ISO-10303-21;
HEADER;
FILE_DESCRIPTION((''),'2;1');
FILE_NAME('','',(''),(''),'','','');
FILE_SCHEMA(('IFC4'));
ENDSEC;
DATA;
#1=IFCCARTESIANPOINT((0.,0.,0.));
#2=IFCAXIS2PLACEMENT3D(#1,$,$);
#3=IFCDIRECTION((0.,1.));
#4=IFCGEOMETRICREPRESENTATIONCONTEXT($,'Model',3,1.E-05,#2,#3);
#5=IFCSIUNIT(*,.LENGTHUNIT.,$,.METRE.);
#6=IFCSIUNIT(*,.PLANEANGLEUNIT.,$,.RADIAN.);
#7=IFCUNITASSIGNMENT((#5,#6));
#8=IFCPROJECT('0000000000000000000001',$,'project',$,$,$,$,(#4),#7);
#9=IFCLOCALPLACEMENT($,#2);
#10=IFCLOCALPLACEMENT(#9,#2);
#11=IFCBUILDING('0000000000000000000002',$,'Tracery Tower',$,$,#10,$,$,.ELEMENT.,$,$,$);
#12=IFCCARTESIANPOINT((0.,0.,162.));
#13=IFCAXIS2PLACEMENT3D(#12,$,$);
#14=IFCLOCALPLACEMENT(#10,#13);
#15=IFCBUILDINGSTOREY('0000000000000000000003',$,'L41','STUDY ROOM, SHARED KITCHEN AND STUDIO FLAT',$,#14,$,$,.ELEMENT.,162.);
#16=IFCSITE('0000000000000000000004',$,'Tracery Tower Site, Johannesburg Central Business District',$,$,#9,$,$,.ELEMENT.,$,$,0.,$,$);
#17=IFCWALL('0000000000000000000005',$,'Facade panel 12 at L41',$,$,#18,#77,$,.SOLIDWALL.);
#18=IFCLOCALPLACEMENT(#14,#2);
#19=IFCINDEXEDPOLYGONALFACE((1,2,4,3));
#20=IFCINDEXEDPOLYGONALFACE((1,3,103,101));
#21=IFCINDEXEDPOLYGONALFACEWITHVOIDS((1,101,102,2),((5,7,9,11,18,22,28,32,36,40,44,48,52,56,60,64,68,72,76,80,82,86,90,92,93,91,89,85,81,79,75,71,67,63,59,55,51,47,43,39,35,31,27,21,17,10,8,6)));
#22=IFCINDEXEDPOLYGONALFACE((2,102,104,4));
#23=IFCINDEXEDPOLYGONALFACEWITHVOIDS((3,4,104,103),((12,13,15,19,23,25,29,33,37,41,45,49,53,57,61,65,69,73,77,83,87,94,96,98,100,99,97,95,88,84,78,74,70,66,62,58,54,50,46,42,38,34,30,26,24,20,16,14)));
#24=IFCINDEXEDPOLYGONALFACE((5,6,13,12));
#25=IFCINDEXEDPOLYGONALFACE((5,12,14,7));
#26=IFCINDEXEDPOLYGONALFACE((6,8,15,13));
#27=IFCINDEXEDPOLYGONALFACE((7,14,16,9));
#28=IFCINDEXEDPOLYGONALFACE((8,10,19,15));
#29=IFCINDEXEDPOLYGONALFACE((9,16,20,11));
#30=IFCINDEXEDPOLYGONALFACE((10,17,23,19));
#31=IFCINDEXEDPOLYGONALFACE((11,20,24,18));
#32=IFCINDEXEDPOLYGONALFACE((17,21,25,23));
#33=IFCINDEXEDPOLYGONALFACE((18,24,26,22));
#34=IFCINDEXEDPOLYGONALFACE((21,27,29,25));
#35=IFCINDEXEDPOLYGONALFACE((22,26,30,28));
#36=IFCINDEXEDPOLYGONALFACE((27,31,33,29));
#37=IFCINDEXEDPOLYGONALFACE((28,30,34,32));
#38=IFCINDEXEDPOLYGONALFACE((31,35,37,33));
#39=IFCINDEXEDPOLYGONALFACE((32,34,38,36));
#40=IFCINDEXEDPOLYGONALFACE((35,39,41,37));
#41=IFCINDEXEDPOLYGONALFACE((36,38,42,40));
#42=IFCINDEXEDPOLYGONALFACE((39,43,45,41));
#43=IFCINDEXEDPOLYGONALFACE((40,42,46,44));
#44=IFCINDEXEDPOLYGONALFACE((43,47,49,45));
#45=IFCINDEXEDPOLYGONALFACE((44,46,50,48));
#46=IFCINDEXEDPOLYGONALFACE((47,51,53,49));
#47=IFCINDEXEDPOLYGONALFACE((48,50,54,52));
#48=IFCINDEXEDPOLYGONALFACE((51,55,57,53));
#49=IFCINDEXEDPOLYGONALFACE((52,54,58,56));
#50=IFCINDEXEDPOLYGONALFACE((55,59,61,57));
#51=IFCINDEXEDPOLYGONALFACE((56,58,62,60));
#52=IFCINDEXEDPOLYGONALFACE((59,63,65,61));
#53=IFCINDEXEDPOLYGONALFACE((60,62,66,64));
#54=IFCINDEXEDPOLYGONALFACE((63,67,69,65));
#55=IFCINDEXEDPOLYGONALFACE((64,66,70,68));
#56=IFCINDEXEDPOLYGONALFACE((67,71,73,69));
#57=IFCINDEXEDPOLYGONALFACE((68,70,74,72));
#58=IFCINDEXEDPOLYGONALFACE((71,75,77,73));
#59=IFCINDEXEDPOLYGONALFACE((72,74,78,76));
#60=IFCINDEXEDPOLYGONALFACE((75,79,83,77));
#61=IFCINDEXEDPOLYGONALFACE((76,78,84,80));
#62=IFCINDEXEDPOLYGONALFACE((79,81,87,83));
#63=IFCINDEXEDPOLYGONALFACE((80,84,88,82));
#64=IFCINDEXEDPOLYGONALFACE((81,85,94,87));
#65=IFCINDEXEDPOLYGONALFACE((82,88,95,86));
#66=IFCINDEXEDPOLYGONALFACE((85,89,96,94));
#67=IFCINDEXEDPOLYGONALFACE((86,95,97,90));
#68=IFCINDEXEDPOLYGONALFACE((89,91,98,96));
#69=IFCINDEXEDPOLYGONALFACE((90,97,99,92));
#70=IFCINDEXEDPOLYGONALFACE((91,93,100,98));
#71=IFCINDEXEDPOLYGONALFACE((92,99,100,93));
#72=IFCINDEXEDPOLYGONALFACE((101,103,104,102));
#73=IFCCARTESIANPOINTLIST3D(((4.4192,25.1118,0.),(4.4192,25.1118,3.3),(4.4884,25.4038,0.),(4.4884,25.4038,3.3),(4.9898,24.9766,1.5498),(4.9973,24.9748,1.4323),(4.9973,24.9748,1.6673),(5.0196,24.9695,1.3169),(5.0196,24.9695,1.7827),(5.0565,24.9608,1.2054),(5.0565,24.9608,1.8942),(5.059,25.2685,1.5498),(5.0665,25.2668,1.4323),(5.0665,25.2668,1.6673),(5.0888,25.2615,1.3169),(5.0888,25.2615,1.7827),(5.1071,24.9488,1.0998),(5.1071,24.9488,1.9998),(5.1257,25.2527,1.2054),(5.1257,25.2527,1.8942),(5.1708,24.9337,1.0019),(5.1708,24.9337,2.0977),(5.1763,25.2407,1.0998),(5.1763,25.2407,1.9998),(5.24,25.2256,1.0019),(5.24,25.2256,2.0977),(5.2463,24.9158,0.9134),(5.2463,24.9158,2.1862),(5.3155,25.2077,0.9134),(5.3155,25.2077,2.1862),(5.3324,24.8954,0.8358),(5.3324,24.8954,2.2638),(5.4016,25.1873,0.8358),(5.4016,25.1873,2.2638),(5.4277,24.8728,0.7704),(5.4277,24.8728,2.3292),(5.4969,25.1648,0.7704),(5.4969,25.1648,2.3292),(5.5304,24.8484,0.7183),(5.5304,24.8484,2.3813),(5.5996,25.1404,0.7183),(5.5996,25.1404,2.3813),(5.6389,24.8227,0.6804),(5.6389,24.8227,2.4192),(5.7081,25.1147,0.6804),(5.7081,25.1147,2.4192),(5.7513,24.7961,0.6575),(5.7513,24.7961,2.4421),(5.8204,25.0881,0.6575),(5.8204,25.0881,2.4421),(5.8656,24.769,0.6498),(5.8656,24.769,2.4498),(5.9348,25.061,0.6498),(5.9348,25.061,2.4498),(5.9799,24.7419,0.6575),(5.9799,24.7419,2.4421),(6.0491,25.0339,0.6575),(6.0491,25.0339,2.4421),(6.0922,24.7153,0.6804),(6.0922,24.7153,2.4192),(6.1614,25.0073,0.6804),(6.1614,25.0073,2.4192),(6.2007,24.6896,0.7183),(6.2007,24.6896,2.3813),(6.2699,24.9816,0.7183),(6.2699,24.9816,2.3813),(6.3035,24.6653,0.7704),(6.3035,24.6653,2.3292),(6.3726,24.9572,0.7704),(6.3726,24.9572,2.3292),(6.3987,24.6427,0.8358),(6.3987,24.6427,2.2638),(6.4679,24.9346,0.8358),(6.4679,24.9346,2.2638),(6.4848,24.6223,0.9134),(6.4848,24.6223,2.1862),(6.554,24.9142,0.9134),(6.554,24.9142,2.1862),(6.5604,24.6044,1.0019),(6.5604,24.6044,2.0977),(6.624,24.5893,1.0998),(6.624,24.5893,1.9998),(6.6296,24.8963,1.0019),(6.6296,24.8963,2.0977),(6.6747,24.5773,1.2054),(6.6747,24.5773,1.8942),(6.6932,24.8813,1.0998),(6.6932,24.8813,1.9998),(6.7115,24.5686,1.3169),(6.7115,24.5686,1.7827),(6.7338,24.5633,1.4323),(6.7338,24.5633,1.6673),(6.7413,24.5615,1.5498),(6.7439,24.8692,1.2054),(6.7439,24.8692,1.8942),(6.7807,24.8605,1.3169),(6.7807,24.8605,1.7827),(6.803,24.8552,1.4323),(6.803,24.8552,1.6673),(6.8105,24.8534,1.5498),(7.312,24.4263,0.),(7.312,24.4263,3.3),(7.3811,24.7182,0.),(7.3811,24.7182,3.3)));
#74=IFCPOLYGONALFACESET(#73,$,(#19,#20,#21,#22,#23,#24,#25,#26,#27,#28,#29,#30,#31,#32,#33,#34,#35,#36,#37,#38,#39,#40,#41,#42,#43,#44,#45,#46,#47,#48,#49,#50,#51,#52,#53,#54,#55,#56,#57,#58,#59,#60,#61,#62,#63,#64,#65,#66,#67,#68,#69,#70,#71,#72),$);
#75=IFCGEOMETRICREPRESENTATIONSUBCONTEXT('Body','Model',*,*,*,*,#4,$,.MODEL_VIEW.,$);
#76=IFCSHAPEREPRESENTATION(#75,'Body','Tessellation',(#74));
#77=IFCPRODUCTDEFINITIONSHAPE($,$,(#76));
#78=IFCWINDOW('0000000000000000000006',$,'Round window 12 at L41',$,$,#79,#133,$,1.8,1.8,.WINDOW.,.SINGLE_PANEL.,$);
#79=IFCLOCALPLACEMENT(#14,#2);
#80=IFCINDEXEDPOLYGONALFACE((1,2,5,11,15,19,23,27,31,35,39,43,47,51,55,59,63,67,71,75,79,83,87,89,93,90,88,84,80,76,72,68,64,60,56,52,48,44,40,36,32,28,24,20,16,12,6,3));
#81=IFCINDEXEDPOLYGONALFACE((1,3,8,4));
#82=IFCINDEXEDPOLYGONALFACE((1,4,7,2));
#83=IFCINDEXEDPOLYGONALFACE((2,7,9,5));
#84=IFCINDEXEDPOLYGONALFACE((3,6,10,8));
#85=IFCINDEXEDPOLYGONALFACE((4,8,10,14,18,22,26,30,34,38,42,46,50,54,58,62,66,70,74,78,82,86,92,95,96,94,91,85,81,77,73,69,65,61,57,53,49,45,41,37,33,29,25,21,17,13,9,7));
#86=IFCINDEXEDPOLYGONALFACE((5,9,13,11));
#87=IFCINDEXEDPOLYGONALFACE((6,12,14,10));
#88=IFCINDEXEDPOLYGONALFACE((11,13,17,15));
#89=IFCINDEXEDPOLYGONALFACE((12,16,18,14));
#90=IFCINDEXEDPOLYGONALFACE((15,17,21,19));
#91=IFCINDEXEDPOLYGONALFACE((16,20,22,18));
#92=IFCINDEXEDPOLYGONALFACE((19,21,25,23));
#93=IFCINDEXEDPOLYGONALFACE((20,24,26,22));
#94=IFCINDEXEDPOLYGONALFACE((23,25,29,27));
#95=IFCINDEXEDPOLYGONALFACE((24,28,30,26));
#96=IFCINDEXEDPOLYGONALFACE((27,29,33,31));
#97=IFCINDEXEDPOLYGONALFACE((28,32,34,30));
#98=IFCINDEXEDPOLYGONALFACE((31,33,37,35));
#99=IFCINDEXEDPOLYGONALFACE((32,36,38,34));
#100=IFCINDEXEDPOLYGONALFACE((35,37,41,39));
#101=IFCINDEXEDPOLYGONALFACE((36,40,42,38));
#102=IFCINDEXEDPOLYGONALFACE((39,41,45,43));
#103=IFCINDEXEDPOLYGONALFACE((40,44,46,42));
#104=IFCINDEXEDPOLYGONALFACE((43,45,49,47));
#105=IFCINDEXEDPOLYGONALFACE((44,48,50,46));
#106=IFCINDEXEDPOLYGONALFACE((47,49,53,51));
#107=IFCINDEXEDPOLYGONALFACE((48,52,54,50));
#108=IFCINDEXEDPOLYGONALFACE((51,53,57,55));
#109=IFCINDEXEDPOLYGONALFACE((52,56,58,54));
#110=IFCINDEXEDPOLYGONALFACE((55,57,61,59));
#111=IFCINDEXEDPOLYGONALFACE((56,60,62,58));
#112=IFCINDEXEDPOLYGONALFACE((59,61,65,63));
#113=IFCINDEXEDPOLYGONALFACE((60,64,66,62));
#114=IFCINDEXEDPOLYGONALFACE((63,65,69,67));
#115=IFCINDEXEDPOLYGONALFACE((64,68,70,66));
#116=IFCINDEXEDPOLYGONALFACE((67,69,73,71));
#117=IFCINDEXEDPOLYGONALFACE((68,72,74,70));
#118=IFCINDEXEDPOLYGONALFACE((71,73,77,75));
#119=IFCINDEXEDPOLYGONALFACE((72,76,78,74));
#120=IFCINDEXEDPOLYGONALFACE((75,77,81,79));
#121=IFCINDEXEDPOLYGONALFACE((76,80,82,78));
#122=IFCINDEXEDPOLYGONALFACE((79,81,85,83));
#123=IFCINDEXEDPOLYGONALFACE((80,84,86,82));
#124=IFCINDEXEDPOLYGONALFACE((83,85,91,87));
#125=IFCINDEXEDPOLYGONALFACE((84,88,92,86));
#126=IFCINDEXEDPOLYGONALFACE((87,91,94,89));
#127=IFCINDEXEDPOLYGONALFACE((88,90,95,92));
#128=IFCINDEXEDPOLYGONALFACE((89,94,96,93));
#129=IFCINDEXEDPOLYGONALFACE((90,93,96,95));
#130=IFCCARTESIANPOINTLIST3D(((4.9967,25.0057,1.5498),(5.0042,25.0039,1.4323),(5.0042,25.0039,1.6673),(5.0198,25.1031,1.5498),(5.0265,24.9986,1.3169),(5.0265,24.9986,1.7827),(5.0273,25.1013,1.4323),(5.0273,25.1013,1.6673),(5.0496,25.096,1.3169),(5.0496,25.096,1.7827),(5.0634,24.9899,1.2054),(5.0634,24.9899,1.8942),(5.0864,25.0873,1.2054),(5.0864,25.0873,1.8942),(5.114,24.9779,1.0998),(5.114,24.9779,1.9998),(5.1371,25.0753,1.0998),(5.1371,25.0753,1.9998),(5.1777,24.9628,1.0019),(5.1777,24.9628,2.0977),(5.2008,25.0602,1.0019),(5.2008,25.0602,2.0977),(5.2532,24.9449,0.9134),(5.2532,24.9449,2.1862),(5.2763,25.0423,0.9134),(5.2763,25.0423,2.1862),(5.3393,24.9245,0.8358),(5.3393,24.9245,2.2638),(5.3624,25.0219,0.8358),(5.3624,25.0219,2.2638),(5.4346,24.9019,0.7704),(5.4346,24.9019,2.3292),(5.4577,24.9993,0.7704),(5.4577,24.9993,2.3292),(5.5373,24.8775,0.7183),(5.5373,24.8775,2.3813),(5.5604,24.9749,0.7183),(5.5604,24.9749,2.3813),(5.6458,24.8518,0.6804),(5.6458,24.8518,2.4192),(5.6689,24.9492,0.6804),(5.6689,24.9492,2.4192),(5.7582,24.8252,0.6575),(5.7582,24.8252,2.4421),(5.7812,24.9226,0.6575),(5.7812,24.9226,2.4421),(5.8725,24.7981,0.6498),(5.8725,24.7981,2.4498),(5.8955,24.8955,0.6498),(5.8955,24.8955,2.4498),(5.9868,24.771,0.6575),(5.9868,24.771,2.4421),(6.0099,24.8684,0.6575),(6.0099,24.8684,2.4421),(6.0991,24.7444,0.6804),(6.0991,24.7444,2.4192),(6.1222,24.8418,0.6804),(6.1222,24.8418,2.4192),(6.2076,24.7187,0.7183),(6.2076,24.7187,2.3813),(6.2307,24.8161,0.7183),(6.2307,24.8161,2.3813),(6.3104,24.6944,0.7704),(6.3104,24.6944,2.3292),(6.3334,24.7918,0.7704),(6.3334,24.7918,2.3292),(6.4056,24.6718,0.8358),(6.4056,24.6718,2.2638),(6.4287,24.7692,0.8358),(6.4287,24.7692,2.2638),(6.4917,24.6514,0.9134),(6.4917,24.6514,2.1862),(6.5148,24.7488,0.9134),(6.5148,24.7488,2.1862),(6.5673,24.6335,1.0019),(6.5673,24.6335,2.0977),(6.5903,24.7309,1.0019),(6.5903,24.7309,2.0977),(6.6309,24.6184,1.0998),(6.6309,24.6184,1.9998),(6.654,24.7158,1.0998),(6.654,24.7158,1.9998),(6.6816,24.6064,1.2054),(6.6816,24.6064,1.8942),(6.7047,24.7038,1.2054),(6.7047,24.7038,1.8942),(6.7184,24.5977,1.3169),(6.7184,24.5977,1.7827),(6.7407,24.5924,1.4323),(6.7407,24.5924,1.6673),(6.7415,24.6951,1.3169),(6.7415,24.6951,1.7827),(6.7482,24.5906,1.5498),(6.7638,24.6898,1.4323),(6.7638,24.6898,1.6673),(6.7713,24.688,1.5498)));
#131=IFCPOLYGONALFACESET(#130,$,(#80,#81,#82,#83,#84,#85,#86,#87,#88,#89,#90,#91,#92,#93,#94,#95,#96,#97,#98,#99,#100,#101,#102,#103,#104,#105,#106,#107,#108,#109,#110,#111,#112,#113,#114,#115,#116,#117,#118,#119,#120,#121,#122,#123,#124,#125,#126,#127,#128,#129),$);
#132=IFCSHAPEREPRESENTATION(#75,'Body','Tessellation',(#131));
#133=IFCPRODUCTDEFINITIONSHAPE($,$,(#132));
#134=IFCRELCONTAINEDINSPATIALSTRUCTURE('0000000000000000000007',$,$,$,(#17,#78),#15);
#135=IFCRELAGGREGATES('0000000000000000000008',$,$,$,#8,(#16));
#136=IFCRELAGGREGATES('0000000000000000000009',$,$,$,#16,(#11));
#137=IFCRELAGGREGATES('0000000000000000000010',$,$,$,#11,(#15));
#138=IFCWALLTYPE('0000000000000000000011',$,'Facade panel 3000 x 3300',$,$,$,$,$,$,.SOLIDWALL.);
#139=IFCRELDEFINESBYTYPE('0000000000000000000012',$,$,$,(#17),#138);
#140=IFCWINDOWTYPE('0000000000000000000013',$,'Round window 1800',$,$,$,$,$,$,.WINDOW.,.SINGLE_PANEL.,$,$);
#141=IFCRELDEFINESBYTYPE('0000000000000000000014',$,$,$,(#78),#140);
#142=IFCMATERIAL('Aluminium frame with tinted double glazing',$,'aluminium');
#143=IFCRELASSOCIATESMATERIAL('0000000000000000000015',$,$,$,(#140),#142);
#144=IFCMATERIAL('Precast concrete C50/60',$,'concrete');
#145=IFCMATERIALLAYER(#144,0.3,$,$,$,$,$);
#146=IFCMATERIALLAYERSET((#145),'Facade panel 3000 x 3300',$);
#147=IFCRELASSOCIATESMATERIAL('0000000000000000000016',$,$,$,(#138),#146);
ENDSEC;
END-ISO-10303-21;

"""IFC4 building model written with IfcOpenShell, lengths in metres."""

from ifc_helpers import new_model, si_unit, direction, frame, frame_2d, origin, origin_2d, place, context, subcontext, project, spatial, rectangle, circle, extrude, material, layer, layer_set, type_object, element, fill, save


model = new_model("IFC4")

# Units and contexts
model_context = context("Model", 3, precision=1e-05, world=origin(), true_north=direction((0.0, 1.0)))
body_context = subcontext(model_context, "Body", "Model", "MODEL_VIEW")
ifc_project = project(units=[si_unit("LENGTHUNIT", "METRE"), si_unit("PLANEANGLEUNIT", "RADIAN")], contexts=[model_context])

# Site, building, storey
site_placement = place(None, origin())
site = spatial("IfcSite", under=ifc_project, at=site_placement, Name="Tracery Tower Site, Johannesburg Central Business District", CompositionType="ELEMENT", RefElevation=0.0)
building_placement = place(site_placement, origin())
building = spatial("IfcBuilding", under=site, at=building_placement, Name="Tracery Tower", CompositionType="ELEMENT")
storey_placement = place(building_placement, frame((0.0, 0.0, 162.0)))
storey = spatial("IfcBuildingStorey", under=building, at=storey_placement, Name="L41", Description="STUDY ROOM, SHARED KITCHEN AND STUDIO FLAT", CompositionType="ELEMENT", Elevation=162.0)

# Wall, opening, window
ifc_material_1 = material(Name="Aluminium frame with tinted double glazing", Category="aluminium")
window_type = type_object("IfcWindowType", Name="Round window 1800", PartitioningType="SINGLE_PANEL", PredefinedType="WINDOW", material=ifc_material_1)
ifc_material_2 = material(Name="Precast concrete C50/60", Category="concrete")
ifc_layer_1 = layer(ifc_material_2, 0.3)
ifc_layer_set_1 = layer_set([ifc_layer_1], Name="Facade panel 3000 x 3300")
wall_type_1 = type_object("IfcWallType", Name="Facade panel 3000 x 3300", PredefinedType="SOLIDWALL", material=ifc_layer_set_1)
wall_1_placement = place(storey_placement, frame((7.3464, 24.5723, 0.0), z_axis=(0.0, 0.0, 1.0), x_axis=(-0.97305, 0.230595, 0.0)))
wall_1 = element("IfcWall", 1, at=wall_1_placement, inside=storey, type_object=wall_type_1, Name="Facade panel 12 at L41", PredefinedType="SOLIDWALL", context=body_context, shape_type="SweptSolid", body=[
    extrude(rectangle(XDim=2.9729, YDim=0.3, at=frame_2d((1.4863, 0.0))), origin(), (0.0, 0.0, 1.0), 3.3),
])
opening_1_placement = place(wall_1_placement, frame((1.4863, 0.0, 1.5498)))
opening_1 = element("IfcOpeningElement", 2, at=opening_1_placement, cuts=wall_1, PredefinedType="OPENING", context=body_context, shape_type="SweptSolid", body=[
    extrude(circle(Radius=0.9, at=origin_2d()), frame((0.0, 0.1599, 0.0), z_axis=(0.0, -1.0, 0.0), x_axis=(1.0, 0.0, 0.0)), (0.0, 0.0, 1.0), 0.3201),
])
window_1_placement = place(opening_1_placement, origin())
window_1 = element("IfcWindow", 3, at=window_1_placement, inside=storey, type_object=window_type, Name="Round window 12 at L41", OverallHeight=1.8, OverallWidth=1.8, PartitioningType="SINGLE_PANEL", PredefinedType="WINDOW", context=body_context, shape_type="SweptSolid", body=[
    extrude(circle(Radius=0.9, at=origin_2d()), frame((0.0, 0.1201, 0.0), z_axis=(0.0, -1.0, 0.0), x_axis=(1.0, 0.0, 0.0)), (0.0, 0.0, 1.0), 0.1001),
])
fill(opening_1, window_1)

save(model, "model.ifc")
